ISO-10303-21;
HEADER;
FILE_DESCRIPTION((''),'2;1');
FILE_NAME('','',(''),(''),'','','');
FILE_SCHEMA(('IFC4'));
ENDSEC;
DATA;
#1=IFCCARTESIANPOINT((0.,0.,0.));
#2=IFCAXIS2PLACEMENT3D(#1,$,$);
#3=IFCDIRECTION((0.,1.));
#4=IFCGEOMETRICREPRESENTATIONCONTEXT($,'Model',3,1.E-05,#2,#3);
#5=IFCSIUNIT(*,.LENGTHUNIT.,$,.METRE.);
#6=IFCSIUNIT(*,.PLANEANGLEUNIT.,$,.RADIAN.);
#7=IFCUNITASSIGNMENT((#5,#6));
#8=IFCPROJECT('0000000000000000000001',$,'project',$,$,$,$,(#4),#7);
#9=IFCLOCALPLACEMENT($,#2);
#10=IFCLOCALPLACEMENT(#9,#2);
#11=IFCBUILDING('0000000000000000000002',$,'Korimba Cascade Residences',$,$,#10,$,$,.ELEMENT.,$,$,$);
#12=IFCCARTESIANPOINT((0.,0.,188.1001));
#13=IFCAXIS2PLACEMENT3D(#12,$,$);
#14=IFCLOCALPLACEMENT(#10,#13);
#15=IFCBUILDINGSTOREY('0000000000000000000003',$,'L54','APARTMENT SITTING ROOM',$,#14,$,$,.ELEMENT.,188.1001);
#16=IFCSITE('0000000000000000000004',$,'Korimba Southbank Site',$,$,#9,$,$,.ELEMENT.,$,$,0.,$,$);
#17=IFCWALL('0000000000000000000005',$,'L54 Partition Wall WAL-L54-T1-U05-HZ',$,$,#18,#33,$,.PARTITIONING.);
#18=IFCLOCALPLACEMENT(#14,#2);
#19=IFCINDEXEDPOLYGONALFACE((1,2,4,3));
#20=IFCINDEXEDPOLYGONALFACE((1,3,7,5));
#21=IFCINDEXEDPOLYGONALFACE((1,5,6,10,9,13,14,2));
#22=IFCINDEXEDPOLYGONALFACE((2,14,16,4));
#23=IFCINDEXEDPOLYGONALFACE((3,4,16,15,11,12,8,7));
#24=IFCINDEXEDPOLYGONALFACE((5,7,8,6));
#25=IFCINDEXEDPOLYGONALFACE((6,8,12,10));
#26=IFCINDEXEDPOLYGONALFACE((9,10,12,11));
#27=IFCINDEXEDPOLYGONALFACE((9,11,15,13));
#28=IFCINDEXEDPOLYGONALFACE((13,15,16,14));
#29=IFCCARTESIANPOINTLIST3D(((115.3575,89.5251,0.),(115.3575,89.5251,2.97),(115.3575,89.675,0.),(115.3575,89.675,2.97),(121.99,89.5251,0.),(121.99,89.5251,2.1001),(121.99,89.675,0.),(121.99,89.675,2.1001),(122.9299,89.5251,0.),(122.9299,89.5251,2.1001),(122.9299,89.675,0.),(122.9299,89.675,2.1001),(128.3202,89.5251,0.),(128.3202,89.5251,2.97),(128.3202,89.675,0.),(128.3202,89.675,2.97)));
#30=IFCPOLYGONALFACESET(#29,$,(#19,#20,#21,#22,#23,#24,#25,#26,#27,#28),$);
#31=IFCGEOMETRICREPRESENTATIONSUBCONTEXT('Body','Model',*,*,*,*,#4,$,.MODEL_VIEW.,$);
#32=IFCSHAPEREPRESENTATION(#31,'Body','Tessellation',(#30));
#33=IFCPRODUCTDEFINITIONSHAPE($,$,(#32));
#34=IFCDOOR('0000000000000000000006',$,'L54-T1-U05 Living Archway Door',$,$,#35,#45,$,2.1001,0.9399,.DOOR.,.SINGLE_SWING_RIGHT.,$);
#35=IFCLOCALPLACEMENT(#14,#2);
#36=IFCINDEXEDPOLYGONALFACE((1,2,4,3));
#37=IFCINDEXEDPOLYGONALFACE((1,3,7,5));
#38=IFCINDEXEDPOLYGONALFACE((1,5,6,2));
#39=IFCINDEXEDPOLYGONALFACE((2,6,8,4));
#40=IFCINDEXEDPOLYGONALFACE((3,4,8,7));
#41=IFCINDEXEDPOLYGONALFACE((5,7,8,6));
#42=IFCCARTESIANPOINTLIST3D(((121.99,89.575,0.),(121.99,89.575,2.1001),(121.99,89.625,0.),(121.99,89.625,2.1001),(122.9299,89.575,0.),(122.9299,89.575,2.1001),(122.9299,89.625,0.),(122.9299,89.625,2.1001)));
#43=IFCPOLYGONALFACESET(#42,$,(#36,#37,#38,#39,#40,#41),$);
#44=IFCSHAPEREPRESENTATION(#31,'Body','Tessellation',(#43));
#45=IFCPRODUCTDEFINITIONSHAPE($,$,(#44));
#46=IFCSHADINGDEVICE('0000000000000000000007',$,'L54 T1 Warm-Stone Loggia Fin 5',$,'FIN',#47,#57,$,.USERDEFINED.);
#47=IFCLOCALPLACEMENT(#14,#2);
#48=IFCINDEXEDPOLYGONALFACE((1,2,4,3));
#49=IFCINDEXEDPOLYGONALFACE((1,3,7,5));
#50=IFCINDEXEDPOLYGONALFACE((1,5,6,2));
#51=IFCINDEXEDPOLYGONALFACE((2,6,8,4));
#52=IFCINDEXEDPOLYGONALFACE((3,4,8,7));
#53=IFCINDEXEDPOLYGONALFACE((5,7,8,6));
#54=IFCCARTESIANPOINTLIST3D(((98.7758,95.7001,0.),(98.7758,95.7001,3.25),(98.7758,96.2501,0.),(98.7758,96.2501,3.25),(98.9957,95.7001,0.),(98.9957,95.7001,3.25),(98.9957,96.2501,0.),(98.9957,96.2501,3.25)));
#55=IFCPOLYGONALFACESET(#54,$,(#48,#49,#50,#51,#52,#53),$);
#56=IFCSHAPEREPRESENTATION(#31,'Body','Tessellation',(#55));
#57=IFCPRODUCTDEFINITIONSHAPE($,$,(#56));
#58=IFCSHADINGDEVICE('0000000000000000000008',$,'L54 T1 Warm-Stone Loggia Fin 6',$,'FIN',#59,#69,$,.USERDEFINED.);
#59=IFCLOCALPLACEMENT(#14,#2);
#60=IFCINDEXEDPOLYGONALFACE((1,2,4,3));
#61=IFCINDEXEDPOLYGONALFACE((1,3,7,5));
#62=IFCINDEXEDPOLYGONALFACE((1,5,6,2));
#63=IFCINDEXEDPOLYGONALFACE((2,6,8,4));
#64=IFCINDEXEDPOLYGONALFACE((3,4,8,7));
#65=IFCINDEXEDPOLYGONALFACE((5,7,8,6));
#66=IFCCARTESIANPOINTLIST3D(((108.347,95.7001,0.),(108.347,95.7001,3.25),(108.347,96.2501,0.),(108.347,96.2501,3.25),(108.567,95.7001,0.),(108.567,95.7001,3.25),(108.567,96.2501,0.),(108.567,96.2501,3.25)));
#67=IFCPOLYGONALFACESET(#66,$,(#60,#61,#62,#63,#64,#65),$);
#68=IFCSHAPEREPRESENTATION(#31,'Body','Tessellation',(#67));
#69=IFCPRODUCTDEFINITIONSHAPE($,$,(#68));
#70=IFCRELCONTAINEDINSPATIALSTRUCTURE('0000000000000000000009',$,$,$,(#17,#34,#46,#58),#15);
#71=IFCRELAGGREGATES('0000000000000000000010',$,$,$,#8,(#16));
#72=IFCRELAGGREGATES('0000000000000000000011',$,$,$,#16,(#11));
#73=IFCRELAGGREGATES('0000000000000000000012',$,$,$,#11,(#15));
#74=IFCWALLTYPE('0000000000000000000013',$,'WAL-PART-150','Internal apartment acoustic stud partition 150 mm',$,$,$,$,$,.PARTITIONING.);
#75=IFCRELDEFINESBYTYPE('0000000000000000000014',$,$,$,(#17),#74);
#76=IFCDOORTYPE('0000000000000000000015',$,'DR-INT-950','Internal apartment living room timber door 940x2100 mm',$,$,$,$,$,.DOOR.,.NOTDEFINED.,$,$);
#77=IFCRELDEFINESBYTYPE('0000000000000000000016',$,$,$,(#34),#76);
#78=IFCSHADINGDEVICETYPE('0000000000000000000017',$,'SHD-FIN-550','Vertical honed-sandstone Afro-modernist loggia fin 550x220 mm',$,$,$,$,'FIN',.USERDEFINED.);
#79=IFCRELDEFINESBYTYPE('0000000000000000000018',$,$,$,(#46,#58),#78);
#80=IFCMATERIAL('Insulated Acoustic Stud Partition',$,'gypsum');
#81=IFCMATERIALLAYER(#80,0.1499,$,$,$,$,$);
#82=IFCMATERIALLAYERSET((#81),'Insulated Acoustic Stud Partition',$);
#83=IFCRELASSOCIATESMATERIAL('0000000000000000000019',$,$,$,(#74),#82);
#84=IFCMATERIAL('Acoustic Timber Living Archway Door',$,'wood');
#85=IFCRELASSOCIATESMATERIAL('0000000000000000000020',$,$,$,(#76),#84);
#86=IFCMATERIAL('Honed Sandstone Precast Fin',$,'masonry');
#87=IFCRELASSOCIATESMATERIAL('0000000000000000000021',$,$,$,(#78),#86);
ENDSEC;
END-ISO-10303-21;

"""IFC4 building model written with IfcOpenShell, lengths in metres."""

from ifc_helpers import new_model, si_unit, direction, frame, frame_2d, origin, origin_2d, place, context, subcontext, project, spatial, rectangle, extrude, material, layer, layer_set, type_object, element, fill, save


model = new_model("IFC4")

# Units and contexts
model_context = context("Model", 3, precision=1e-05, world=origin(), true_north=direction((0.0, 1.0)))
body_context = subcontext(model_context, "Body", "Model", "MODEL_VIEW")
ifc_project = project(units=[si_unit("LENGTHUNIT", "METRE"), si_unit("PLANEANGLEUNIT", "RADIAN")], contexts=[model_context])

# Site, building, storey
site_placement = place(None, origin())
site = spatial("IfcSite", under=ifc_project, at=site_placement, Name="Korimba Southbank Site", CompositionType="ELEMENT", RefElevation=0.0)
building_placement = place(site_placement, origin())
building = spatial("IfcBuilding", under=site, at=building_placement, Name="Korimba Cascade Residences", CompositionType="ELEMENT")
storey_placement = place(building_placement, frame((0.0, 0.0, 188.1001)))
storey = spatial("IfcBuildingStorey", under=building, at=storey_placement, Name="L54", Description="APARTMENT SITTING ROOM", CompositionType="ELEMENT", Elevation=188.1001)

# Shared definitions
ifc_material_1 = material(Name="Insulated Acoustic Stud Partition", Category="gypsum")
ifc_layer = layer(ifc_material_1, 0.1499)
ifc_layer_set = layer_set([ifc_layer], Name="Insulated Acoustic Stud Partition")
wall_type = type_object("IfcWallType", Name="WAL-PART-150", Description="Internal apartment acoustic stud partition 150 mm", PredefinedType="PARTITIONING", material=ifc_layer_set)

# Wall, opening, door
ifc_material_2 = material(Name="Acoustic Timber Living Archway Door", Category="wood")
door_type_1 = type_object("IfcDoorType", Name="DR-INT-950", Description="Internal apartment living room timber door 940x2100 mm", OperationType="NOTDEFINED", PredefinedType="DOOR", material=ifc_material_2)
wall_1_placement = place(storey_placement, frame((115.3574, 89.6001, 0.0), z_axis=(0.0, 0.0, 1.0), x_axis=(1.0, 0.0, 0.0)))
wall_1 = element("IfcWall", 1, at=wall_1_placement, inside=storey, type_object=wall_type, Name="L54 Partition Wall WAL-L54-T1-U05-HZ", PredefinedType="PARTITIONING", context=body_context, shape_type="SweptSolid", body=[
    extrude(rectangle(XDim=12.9626, YDim=0.1499, at=frame_2d((6.4814, 0.0))), origin(), (0.0, 0.0, 1.0), 2.97),
])
opening_1_placement = place(wall_1_placement, frame((6.6326, 0.0, 0.0)))
opening_1 = element("IfcOpeningElement", 2, at=opening_1_placement, cuts=wall_1, PredefinedType="OPENING", context=body_context, shape_type="SweptSolid", body=[
    extrude(rectangle(XDim=0.9399, YDim=2.1001, at=frame_2d((0.47, 1.05))), frame((0.0, 0.085, 0.0), z_axis=(0.0, -1.0, 0.0), x_axis=(1.0, 0.0, 0.0)), (0.0, 0.0, 1.0), 0.1699),
])
door_1_placement = place(opening_1_placement, origin())
door_1 = element("IfcDoor", 3, at=door_1_placement, inside=storey, type_object=door_type_1, Name="L54-T1-U05 Living Archway Door", OperationType="SINGLE_SWING_RIGHT", OverallHeight=2.1001, OverallWidth=0.9399, PredefinedType="DOOR", context=body_context, shape_type="SweptSolid", body=[
    extrude(rectangle(XDim=0.9399, YDim=2.1001, at=frame_2d((0.47, 1.05))), frame((0.0, 0.0249, 0.0), z_axis=(0.0, -1.0, 0.0), x_axis=(1.0, 0.0, 0.0)), (0.0, 0.0, 1.0), 0.05),
])
fill(opening_1, door_1)

# Shading devices
ifc_material_3 = material(Name="Honed Sandstone Precast Fin", Category="masonry")
shading_device_type = type_object("IfcShadingDeviceType", Name="SHD-FIN-550", Description="Vertical honed-sandstone Afro-modernist loggia fin 550x220 mm", ElementType="FIN", PredefinedType="USERDEFINED", material=ifc_material_3)
for number, where, z_axis, x_axis, name in (
    (4, (98.8857, 95.9751, 0.0), (0.0, 0.0, 1.0), (1.0, 0.0, 0.0), "L54 T1 Warm-Stone Loggia Fin 5"),
    (5, (108.457, 95.9751, 0.0), (0.0, 0.0, 1.0), (1.0, 0.0, 0.0), "L54 T1 Warm-Stone Loggia Fin 6"),
):
    element("IfcShadingDevice", number, at=place(storey_placement, frame(where, z_axis=z_axis, x_axis=x_axis)), inside=storey, type_object=shading_device_type, Name=name, ObjectType="FIN", PredefinedType="USERDEFINED", context=body_context, shape_type="SweptSolid", body=[
        extrude(rectangle(XDim=0.22, YDim=0.55, at=origin_2d()), origin(), (0.0, 0.0, 1.0), 3.25),
    ])

save(model, "model.ifc")
